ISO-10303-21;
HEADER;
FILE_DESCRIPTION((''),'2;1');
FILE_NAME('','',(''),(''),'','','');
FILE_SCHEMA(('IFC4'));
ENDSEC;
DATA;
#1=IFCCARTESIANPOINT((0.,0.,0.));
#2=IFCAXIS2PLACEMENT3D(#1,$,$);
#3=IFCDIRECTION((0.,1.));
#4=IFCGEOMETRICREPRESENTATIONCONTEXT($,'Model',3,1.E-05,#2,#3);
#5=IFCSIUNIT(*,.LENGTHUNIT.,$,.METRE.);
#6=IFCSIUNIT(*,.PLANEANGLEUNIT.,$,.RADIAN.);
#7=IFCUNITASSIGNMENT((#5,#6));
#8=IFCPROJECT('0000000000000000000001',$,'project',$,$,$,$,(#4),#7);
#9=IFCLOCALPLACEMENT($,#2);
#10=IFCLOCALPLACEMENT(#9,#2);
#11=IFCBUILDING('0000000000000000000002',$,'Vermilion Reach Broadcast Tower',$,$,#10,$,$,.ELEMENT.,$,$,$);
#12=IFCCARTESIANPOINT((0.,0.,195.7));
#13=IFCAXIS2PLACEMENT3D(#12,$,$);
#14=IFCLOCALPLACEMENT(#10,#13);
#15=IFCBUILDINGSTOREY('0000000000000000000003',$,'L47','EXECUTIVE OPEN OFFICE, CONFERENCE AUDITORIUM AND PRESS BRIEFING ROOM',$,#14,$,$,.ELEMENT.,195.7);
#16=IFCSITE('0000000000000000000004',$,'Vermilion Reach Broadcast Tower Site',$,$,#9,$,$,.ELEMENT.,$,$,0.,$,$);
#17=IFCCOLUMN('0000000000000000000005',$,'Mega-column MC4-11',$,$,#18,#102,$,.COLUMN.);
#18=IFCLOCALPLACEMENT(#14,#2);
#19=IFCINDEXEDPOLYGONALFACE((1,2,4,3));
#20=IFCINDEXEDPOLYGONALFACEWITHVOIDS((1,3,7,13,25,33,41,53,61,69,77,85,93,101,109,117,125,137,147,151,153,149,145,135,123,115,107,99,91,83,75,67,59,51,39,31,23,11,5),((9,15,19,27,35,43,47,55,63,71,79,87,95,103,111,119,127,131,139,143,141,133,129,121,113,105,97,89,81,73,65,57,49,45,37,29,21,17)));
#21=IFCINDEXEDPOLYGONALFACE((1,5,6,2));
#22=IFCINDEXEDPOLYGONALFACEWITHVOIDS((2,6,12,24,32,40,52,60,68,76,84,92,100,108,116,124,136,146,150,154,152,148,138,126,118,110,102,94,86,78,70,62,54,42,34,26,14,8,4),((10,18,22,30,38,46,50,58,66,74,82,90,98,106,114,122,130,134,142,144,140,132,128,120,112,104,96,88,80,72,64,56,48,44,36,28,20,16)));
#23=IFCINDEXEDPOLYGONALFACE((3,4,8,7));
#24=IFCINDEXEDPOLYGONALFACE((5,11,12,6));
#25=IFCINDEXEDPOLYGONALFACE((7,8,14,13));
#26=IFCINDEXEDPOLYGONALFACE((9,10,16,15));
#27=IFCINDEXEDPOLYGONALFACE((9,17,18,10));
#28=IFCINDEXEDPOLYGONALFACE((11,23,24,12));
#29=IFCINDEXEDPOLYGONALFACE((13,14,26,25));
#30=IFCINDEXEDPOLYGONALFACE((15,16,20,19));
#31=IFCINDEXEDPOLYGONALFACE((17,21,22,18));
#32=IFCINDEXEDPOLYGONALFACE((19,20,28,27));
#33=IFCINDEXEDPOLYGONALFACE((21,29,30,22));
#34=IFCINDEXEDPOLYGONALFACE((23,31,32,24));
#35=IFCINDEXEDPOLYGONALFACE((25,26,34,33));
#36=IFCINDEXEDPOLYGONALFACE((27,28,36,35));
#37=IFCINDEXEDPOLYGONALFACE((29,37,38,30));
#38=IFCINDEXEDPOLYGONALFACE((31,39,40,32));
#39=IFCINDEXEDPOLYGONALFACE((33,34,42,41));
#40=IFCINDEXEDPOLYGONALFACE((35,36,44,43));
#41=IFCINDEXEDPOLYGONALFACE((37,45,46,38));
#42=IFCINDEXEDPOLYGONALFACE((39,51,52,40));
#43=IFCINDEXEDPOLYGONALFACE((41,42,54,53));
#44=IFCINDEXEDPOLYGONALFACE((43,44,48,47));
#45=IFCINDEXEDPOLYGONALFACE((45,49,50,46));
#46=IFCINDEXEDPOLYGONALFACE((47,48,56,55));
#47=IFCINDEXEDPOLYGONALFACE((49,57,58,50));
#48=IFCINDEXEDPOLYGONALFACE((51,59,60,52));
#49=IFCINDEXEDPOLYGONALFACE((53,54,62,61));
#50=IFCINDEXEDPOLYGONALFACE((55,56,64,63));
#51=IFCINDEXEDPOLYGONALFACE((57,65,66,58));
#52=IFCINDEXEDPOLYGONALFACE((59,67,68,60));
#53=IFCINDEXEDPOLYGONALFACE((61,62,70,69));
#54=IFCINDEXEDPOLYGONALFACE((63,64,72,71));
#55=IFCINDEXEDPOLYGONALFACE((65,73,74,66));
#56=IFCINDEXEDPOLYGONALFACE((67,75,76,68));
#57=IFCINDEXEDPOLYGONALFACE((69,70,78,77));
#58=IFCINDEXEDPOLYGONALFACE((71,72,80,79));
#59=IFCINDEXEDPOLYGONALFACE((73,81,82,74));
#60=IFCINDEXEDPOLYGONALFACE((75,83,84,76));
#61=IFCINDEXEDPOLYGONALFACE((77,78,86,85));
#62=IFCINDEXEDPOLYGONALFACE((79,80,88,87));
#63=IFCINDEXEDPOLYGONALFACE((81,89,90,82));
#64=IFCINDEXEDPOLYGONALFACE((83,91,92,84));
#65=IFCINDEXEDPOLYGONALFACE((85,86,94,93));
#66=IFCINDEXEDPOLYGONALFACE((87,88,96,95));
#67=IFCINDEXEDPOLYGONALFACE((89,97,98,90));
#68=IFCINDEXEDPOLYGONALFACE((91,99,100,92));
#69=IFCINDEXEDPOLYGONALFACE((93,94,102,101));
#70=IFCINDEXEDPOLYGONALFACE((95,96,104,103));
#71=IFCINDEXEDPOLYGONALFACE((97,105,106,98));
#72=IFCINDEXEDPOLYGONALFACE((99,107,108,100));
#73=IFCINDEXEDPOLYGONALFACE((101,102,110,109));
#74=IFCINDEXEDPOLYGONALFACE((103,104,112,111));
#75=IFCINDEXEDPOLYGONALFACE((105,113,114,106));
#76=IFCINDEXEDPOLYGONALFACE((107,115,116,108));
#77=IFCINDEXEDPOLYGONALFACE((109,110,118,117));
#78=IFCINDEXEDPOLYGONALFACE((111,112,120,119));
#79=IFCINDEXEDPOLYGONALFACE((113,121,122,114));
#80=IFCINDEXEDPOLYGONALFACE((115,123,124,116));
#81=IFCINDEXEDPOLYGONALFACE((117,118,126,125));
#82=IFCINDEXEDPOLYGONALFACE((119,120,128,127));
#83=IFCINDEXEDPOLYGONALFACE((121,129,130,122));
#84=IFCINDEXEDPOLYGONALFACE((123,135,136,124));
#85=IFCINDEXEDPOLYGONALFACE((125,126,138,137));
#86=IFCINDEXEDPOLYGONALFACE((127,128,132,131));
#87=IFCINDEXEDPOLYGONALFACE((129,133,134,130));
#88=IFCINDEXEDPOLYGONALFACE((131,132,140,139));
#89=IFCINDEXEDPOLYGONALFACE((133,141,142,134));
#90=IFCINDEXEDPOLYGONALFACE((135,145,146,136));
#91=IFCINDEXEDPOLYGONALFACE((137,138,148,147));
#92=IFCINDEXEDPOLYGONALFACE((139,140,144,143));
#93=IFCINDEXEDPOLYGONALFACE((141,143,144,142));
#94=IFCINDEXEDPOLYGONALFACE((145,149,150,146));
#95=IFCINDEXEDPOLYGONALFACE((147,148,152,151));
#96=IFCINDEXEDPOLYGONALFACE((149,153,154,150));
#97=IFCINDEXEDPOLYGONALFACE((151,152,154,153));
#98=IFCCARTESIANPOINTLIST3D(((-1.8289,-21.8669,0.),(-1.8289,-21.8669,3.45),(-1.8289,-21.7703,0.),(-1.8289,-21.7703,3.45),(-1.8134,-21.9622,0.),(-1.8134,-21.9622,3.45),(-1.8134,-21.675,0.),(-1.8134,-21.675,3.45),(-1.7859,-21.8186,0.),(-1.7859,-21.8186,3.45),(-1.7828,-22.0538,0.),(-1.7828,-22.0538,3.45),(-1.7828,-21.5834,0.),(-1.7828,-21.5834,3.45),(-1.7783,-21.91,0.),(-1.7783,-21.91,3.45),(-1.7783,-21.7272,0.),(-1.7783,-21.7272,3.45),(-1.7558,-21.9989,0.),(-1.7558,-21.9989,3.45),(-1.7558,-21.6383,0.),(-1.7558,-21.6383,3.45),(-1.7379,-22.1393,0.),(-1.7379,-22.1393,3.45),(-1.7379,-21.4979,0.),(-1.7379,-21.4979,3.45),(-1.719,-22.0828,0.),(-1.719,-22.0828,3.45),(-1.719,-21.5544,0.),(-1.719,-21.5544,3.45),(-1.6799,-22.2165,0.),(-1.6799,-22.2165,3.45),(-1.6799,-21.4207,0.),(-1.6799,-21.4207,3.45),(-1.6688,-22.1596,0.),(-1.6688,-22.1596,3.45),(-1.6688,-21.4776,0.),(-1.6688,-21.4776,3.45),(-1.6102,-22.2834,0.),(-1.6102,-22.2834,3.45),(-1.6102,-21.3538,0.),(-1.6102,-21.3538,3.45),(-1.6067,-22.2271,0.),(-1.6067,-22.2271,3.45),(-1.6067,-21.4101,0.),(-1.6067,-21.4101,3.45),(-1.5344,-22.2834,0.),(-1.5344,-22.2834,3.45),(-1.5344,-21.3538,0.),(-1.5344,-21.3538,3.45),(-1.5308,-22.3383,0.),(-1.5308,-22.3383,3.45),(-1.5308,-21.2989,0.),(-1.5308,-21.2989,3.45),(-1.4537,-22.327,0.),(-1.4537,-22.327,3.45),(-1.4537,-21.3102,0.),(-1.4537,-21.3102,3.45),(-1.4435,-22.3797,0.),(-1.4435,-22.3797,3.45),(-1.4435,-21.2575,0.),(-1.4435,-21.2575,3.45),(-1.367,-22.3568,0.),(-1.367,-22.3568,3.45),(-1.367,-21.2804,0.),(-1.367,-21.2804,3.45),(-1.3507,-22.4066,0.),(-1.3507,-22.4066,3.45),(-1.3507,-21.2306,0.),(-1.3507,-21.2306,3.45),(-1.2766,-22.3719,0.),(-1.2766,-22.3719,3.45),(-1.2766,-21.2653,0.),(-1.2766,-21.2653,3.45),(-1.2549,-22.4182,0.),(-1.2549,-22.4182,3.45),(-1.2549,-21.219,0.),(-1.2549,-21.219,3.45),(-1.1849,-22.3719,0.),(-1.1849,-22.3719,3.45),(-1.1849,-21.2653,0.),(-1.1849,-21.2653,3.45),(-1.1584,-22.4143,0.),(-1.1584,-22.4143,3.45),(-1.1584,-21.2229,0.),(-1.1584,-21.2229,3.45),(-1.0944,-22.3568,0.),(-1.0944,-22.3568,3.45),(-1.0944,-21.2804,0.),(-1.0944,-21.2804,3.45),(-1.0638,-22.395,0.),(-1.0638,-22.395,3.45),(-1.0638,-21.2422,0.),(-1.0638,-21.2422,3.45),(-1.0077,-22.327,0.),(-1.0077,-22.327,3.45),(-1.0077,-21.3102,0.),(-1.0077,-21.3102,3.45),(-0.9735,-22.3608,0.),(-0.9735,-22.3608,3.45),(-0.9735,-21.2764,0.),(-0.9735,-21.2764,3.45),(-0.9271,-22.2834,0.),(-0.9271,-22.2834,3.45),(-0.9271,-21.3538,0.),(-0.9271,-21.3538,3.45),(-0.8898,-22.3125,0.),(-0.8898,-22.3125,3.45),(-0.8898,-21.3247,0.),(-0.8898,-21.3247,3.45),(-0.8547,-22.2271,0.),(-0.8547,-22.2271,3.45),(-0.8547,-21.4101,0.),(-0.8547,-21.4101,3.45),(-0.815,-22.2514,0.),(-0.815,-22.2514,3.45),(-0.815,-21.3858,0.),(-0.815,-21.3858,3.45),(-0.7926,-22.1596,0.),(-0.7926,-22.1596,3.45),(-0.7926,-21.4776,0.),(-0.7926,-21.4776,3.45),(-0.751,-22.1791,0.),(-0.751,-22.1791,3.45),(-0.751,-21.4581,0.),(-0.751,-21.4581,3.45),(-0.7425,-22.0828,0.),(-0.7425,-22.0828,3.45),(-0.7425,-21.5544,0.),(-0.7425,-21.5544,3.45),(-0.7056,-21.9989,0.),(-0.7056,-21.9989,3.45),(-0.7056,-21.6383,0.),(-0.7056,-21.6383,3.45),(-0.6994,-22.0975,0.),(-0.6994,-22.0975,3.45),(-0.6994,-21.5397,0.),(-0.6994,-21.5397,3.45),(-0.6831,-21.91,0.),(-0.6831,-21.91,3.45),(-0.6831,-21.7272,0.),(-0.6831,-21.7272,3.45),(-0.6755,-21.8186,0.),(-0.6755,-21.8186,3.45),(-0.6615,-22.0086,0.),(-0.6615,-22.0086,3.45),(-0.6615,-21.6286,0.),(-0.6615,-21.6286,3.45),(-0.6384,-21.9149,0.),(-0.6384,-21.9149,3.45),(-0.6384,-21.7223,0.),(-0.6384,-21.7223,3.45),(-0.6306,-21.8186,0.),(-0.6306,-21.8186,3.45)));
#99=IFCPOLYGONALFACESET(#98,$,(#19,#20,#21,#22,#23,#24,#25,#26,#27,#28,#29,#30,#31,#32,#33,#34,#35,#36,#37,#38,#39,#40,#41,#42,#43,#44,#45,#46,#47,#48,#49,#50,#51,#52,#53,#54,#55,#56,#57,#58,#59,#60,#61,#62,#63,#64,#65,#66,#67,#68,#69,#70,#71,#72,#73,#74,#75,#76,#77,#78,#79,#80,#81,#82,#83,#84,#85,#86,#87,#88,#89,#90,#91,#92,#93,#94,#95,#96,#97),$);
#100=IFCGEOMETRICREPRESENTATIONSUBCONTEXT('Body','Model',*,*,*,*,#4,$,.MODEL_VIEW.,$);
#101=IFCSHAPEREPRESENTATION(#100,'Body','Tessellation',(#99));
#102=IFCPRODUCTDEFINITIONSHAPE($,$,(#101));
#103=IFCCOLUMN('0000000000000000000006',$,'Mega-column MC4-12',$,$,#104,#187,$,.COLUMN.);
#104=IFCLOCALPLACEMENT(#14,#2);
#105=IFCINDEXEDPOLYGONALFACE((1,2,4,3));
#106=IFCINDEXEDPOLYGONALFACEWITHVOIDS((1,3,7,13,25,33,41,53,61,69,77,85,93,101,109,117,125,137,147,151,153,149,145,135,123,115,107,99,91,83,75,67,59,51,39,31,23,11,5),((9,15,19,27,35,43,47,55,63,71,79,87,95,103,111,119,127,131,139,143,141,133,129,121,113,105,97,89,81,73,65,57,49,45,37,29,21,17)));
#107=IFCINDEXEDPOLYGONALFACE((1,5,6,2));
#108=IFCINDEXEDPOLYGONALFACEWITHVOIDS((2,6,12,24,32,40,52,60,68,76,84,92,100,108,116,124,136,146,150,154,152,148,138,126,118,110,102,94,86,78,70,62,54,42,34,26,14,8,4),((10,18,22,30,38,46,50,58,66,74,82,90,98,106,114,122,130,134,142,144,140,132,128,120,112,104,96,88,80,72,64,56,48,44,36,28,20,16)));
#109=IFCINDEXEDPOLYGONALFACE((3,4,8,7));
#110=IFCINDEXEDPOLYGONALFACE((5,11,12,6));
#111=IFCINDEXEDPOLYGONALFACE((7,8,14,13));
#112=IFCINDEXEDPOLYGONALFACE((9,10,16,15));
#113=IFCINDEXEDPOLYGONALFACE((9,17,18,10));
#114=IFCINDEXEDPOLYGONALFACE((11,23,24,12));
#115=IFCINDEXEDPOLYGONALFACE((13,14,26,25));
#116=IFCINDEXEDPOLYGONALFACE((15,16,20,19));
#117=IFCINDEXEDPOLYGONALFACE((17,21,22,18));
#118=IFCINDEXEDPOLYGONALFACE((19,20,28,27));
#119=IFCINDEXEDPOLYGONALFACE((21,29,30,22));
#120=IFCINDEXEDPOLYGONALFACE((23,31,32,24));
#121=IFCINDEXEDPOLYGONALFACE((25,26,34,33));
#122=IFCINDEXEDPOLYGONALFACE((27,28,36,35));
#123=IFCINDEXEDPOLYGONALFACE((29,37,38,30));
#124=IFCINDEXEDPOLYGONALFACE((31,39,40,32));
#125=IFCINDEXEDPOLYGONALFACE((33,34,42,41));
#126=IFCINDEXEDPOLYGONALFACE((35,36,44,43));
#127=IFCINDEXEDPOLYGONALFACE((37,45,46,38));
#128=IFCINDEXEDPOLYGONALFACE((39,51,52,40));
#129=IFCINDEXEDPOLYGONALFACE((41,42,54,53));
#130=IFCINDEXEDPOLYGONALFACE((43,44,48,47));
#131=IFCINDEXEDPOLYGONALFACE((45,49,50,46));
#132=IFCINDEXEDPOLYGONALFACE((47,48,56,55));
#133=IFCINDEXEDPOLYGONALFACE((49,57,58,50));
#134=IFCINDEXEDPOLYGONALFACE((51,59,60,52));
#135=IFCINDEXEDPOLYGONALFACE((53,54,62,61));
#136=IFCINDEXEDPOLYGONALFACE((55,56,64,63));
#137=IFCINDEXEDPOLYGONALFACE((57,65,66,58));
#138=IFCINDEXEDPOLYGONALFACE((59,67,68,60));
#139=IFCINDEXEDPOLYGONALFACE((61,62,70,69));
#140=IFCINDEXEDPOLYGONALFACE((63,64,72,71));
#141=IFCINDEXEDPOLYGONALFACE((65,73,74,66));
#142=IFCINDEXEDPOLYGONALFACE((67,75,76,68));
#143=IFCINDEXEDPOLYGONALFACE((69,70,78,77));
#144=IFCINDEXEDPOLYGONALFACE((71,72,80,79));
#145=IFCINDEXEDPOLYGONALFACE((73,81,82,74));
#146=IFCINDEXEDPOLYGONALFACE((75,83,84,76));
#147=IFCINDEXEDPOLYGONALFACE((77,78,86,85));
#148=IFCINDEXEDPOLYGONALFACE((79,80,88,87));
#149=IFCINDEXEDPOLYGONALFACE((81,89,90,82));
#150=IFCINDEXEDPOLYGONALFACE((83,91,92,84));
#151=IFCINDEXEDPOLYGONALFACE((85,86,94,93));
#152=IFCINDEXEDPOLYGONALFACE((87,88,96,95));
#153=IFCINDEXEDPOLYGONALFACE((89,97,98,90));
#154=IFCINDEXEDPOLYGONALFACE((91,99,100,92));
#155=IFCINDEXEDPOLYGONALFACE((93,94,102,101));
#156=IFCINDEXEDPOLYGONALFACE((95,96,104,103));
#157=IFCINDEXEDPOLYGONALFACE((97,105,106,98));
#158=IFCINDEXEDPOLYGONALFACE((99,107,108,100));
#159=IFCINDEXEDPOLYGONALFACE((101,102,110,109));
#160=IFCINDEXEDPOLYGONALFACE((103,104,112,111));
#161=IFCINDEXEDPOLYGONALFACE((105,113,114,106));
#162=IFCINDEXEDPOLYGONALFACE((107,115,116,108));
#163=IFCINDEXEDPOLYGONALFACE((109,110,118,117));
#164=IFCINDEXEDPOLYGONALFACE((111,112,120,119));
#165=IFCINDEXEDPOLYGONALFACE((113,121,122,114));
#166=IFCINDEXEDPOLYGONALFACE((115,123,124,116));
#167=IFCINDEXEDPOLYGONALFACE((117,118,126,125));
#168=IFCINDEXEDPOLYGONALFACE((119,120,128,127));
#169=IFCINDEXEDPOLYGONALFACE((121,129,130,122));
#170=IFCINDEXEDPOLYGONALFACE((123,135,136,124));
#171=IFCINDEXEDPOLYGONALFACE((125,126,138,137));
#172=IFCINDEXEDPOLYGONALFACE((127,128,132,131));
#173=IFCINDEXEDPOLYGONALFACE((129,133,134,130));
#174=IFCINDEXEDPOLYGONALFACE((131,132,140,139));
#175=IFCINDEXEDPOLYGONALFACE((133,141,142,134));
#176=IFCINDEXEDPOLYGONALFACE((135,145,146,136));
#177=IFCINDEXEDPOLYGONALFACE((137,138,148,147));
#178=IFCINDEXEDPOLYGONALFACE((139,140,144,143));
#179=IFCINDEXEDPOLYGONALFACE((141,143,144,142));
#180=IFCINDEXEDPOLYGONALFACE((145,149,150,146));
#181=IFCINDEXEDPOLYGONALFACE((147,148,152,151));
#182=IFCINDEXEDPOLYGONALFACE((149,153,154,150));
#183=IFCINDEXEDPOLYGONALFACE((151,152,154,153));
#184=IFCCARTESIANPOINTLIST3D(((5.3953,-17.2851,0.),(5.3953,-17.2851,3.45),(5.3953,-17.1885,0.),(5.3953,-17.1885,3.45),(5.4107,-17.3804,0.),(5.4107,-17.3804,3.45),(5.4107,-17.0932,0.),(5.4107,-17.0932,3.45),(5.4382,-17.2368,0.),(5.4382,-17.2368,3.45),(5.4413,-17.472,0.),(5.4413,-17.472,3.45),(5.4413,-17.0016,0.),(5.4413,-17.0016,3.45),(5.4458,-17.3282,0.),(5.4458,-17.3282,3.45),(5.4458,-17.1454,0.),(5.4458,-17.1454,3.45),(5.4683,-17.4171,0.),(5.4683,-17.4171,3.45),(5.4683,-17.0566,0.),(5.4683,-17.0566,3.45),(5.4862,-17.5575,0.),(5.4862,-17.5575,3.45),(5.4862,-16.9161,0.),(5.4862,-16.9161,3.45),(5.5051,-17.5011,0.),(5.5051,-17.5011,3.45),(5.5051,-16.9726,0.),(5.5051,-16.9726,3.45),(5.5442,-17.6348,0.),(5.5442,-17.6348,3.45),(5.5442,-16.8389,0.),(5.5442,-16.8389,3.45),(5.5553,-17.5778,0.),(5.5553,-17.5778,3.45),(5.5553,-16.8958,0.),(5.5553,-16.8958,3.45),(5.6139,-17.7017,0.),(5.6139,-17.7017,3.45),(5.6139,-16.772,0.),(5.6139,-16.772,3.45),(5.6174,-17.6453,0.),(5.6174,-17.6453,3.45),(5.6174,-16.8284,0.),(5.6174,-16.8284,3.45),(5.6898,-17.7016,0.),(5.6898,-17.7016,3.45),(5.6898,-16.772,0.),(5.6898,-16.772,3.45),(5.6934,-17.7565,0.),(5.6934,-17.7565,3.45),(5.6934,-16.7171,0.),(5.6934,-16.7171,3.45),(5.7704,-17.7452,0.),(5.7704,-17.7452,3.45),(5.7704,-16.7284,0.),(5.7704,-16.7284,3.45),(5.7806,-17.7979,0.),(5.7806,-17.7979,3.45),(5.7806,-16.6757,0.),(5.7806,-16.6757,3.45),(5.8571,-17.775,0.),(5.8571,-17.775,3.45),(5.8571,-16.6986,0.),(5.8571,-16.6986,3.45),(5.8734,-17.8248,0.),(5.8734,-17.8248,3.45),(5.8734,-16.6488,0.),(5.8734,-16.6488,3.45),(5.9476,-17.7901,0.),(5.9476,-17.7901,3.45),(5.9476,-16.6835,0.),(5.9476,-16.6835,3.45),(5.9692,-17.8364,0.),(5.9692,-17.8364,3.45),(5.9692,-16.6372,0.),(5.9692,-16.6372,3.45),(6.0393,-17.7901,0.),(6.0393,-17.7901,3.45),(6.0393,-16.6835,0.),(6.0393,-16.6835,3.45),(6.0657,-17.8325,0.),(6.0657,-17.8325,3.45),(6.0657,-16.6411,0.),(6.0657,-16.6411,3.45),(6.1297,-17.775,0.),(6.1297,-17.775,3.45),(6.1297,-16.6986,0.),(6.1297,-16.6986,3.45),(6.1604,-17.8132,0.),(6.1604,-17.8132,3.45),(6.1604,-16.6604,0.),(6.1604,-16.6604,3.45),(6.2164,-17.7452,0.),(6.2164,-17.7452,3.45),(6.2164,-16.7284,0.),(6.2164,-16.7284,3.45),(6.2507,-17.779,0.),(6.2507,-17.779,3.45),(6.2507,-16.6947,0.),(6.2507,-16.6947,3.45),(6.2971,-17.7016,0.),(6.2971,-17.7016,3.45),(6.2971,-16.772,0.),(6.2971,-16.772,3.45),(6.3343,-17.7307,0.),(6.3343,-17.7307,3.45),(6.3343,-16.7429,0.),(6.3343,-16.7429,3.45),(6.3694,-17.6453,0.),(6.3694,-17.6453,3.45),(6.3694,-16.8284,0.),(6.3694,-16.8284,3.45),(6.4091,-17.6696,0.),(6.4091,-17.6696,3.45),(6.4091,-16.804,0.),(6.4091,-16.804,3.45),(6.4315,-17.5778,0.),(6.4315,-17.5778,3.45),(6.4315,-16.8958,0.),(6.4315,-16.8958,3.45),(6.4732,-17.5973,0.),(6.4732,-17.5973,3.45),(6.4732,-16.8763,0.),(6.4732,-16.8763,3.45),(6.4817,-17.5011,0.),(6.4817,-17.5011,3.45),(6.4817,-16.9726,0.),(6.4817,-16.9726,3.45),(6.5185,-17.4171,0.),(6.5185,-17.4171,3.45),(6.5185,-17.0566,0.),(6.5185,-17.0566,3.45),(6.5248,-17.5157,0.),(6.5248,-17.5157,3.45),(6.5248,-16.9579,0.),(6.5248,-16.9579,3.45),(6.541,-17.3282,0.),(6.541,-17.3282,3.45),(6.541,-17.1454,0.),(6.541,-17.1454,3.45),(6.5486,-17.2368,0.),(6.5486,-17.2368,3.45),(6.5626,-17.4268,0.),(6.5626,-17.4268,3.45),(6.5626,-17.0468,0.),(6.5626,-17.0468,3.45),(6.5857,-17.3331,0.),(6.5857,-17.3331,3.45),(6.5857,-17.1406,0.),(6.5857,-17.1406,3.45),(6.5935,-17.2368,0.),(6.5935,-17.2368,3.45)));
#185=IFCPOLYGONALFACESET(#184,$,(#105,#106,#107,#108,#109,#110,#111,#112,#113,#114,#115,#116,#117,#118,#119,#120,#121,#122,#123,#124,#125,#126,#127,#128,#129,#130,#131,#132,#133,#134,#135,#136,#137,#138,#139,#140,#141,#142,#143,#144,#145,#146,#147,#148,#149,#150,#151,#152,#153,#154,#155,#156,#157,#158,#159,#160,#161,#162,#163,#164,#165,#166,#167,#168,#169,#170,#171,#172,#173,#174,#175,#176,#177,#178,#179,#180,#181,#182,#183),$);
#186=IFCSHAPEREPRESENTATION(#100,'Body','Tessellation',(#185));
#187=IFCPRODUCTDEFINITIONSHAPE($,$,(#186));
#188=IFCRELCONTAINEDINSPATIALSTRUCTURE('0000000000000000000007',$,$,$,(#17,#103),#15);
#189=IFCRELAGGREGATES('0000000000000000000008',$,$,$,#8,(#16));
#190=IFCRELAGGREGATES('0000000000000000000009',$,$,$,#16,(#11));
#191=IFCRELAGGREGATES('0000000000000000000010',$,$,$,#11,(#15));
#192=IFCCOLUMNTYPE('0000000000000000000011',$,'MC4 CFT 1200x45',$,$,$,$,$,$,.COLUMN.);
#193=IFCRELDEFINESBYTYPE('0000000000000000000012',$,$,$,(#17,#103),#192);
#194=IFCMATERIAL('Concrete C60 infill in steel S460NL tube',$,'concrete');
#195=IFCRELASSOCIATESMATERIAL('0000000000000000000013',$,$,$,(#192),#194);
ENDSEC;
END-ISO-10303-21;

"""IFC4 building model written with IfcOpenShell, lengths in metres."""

from ifc_helpers import new_model, si_unit, direction, frame, origin, origin_2d, place, context, subcontext, project, spatial, hollow_circle, extrude, material, material_profile, profile_set, type_object, element, save


model = new_model("IFC4")

# Units and contexts
model_context = context("Model", 3, precision=1e-05, world=origin(), true_north=direction((0.0, 1.0)))
body_context = subcontext(model_context, "Body", "Model", "MODEL_VIEW")
ifc_project = project(units=[si_unit("LENGTHUNIT", "METRE"), si_unit("PLANEANGLEUNIT", "RADIAN")], contexts=[model_context])

# Site, building, storey
site_placement = place(None, origin())
site = spatial("IfcSite", under=ifc_project, at=site_placement, Name="Vermilion Reach Broadcast Tower Site", CompositionType="ELEMENT", RefElevation=0.0)
building_placement = place(site_placement, origin())
building = spatial("IfcBuilding", under=site, at=building_placement, Name="Vermilion Reach Broadcast Tower", CompositionType="ELEMENT")
storey_placement = place(building_placement, frame((0.0, 0.0, 195.7)))
storey = spatial("IfcBuildingStorey", under=building, at=storey_placement, Name="L47", Description="EXECUTIVE OPEN OFFICE, CONFERENCE AUDITORIUM AND PRESS BRIEFING ROOM", CompositionType="ELEMENT", Elevation=195.7)

# Columns
ifc_material_1 = material(Name="Concrete C60 infill in steel S460NL tube", Category="concrete")
ifc_material_profile_1 = material_profile(ifc_material_1, hollow_circle(Radius=0.6001, WallThickness=0.0449, at=origin_2d()), Name="Concrete C60 infill in steel S460NL tube CFT 1200x45")
ifc_profile_set_1 = profile_set([ifc_material_profile_1], Name="Concrete C60 infill in steel S460NL tube")
column_type = type_object("IfcColumnType", Name="MC4 CFT 1200x45", PredefinedType="COLUMN", material=ifc_profile_set_1)
for number, where, z_axis, x_axis, name in (
    (1, (-1.2307, -21.8186, 0.0), (0.0, 0.0, 1.0), (1.0, 0.0, 0.0), "Mega-column MC4-11"),
    (2, (5.9934, -17.2368, 0.0), (0.0, 0.0, 1.0), (1.0, 0.0, 0.0), "Mega-column MC4-12"),
):
    element("IfcColumn", number, at=place(storey_placement, frame(where, z_axis=z_axis, x_axis=x_axis)), inside=storey, type_object=column_type, Name=name, PredefinedType="COLUMN", context=body_context, shape_type="SweptSolid", body=[
        extrude(hollow_circle(Radius=0.6001, WallThickness=0.0449, at=origin_2d()), origin(), (0.0, 0.0, 1.0), 3.45),
    ])

save(model, "model.ifc")
